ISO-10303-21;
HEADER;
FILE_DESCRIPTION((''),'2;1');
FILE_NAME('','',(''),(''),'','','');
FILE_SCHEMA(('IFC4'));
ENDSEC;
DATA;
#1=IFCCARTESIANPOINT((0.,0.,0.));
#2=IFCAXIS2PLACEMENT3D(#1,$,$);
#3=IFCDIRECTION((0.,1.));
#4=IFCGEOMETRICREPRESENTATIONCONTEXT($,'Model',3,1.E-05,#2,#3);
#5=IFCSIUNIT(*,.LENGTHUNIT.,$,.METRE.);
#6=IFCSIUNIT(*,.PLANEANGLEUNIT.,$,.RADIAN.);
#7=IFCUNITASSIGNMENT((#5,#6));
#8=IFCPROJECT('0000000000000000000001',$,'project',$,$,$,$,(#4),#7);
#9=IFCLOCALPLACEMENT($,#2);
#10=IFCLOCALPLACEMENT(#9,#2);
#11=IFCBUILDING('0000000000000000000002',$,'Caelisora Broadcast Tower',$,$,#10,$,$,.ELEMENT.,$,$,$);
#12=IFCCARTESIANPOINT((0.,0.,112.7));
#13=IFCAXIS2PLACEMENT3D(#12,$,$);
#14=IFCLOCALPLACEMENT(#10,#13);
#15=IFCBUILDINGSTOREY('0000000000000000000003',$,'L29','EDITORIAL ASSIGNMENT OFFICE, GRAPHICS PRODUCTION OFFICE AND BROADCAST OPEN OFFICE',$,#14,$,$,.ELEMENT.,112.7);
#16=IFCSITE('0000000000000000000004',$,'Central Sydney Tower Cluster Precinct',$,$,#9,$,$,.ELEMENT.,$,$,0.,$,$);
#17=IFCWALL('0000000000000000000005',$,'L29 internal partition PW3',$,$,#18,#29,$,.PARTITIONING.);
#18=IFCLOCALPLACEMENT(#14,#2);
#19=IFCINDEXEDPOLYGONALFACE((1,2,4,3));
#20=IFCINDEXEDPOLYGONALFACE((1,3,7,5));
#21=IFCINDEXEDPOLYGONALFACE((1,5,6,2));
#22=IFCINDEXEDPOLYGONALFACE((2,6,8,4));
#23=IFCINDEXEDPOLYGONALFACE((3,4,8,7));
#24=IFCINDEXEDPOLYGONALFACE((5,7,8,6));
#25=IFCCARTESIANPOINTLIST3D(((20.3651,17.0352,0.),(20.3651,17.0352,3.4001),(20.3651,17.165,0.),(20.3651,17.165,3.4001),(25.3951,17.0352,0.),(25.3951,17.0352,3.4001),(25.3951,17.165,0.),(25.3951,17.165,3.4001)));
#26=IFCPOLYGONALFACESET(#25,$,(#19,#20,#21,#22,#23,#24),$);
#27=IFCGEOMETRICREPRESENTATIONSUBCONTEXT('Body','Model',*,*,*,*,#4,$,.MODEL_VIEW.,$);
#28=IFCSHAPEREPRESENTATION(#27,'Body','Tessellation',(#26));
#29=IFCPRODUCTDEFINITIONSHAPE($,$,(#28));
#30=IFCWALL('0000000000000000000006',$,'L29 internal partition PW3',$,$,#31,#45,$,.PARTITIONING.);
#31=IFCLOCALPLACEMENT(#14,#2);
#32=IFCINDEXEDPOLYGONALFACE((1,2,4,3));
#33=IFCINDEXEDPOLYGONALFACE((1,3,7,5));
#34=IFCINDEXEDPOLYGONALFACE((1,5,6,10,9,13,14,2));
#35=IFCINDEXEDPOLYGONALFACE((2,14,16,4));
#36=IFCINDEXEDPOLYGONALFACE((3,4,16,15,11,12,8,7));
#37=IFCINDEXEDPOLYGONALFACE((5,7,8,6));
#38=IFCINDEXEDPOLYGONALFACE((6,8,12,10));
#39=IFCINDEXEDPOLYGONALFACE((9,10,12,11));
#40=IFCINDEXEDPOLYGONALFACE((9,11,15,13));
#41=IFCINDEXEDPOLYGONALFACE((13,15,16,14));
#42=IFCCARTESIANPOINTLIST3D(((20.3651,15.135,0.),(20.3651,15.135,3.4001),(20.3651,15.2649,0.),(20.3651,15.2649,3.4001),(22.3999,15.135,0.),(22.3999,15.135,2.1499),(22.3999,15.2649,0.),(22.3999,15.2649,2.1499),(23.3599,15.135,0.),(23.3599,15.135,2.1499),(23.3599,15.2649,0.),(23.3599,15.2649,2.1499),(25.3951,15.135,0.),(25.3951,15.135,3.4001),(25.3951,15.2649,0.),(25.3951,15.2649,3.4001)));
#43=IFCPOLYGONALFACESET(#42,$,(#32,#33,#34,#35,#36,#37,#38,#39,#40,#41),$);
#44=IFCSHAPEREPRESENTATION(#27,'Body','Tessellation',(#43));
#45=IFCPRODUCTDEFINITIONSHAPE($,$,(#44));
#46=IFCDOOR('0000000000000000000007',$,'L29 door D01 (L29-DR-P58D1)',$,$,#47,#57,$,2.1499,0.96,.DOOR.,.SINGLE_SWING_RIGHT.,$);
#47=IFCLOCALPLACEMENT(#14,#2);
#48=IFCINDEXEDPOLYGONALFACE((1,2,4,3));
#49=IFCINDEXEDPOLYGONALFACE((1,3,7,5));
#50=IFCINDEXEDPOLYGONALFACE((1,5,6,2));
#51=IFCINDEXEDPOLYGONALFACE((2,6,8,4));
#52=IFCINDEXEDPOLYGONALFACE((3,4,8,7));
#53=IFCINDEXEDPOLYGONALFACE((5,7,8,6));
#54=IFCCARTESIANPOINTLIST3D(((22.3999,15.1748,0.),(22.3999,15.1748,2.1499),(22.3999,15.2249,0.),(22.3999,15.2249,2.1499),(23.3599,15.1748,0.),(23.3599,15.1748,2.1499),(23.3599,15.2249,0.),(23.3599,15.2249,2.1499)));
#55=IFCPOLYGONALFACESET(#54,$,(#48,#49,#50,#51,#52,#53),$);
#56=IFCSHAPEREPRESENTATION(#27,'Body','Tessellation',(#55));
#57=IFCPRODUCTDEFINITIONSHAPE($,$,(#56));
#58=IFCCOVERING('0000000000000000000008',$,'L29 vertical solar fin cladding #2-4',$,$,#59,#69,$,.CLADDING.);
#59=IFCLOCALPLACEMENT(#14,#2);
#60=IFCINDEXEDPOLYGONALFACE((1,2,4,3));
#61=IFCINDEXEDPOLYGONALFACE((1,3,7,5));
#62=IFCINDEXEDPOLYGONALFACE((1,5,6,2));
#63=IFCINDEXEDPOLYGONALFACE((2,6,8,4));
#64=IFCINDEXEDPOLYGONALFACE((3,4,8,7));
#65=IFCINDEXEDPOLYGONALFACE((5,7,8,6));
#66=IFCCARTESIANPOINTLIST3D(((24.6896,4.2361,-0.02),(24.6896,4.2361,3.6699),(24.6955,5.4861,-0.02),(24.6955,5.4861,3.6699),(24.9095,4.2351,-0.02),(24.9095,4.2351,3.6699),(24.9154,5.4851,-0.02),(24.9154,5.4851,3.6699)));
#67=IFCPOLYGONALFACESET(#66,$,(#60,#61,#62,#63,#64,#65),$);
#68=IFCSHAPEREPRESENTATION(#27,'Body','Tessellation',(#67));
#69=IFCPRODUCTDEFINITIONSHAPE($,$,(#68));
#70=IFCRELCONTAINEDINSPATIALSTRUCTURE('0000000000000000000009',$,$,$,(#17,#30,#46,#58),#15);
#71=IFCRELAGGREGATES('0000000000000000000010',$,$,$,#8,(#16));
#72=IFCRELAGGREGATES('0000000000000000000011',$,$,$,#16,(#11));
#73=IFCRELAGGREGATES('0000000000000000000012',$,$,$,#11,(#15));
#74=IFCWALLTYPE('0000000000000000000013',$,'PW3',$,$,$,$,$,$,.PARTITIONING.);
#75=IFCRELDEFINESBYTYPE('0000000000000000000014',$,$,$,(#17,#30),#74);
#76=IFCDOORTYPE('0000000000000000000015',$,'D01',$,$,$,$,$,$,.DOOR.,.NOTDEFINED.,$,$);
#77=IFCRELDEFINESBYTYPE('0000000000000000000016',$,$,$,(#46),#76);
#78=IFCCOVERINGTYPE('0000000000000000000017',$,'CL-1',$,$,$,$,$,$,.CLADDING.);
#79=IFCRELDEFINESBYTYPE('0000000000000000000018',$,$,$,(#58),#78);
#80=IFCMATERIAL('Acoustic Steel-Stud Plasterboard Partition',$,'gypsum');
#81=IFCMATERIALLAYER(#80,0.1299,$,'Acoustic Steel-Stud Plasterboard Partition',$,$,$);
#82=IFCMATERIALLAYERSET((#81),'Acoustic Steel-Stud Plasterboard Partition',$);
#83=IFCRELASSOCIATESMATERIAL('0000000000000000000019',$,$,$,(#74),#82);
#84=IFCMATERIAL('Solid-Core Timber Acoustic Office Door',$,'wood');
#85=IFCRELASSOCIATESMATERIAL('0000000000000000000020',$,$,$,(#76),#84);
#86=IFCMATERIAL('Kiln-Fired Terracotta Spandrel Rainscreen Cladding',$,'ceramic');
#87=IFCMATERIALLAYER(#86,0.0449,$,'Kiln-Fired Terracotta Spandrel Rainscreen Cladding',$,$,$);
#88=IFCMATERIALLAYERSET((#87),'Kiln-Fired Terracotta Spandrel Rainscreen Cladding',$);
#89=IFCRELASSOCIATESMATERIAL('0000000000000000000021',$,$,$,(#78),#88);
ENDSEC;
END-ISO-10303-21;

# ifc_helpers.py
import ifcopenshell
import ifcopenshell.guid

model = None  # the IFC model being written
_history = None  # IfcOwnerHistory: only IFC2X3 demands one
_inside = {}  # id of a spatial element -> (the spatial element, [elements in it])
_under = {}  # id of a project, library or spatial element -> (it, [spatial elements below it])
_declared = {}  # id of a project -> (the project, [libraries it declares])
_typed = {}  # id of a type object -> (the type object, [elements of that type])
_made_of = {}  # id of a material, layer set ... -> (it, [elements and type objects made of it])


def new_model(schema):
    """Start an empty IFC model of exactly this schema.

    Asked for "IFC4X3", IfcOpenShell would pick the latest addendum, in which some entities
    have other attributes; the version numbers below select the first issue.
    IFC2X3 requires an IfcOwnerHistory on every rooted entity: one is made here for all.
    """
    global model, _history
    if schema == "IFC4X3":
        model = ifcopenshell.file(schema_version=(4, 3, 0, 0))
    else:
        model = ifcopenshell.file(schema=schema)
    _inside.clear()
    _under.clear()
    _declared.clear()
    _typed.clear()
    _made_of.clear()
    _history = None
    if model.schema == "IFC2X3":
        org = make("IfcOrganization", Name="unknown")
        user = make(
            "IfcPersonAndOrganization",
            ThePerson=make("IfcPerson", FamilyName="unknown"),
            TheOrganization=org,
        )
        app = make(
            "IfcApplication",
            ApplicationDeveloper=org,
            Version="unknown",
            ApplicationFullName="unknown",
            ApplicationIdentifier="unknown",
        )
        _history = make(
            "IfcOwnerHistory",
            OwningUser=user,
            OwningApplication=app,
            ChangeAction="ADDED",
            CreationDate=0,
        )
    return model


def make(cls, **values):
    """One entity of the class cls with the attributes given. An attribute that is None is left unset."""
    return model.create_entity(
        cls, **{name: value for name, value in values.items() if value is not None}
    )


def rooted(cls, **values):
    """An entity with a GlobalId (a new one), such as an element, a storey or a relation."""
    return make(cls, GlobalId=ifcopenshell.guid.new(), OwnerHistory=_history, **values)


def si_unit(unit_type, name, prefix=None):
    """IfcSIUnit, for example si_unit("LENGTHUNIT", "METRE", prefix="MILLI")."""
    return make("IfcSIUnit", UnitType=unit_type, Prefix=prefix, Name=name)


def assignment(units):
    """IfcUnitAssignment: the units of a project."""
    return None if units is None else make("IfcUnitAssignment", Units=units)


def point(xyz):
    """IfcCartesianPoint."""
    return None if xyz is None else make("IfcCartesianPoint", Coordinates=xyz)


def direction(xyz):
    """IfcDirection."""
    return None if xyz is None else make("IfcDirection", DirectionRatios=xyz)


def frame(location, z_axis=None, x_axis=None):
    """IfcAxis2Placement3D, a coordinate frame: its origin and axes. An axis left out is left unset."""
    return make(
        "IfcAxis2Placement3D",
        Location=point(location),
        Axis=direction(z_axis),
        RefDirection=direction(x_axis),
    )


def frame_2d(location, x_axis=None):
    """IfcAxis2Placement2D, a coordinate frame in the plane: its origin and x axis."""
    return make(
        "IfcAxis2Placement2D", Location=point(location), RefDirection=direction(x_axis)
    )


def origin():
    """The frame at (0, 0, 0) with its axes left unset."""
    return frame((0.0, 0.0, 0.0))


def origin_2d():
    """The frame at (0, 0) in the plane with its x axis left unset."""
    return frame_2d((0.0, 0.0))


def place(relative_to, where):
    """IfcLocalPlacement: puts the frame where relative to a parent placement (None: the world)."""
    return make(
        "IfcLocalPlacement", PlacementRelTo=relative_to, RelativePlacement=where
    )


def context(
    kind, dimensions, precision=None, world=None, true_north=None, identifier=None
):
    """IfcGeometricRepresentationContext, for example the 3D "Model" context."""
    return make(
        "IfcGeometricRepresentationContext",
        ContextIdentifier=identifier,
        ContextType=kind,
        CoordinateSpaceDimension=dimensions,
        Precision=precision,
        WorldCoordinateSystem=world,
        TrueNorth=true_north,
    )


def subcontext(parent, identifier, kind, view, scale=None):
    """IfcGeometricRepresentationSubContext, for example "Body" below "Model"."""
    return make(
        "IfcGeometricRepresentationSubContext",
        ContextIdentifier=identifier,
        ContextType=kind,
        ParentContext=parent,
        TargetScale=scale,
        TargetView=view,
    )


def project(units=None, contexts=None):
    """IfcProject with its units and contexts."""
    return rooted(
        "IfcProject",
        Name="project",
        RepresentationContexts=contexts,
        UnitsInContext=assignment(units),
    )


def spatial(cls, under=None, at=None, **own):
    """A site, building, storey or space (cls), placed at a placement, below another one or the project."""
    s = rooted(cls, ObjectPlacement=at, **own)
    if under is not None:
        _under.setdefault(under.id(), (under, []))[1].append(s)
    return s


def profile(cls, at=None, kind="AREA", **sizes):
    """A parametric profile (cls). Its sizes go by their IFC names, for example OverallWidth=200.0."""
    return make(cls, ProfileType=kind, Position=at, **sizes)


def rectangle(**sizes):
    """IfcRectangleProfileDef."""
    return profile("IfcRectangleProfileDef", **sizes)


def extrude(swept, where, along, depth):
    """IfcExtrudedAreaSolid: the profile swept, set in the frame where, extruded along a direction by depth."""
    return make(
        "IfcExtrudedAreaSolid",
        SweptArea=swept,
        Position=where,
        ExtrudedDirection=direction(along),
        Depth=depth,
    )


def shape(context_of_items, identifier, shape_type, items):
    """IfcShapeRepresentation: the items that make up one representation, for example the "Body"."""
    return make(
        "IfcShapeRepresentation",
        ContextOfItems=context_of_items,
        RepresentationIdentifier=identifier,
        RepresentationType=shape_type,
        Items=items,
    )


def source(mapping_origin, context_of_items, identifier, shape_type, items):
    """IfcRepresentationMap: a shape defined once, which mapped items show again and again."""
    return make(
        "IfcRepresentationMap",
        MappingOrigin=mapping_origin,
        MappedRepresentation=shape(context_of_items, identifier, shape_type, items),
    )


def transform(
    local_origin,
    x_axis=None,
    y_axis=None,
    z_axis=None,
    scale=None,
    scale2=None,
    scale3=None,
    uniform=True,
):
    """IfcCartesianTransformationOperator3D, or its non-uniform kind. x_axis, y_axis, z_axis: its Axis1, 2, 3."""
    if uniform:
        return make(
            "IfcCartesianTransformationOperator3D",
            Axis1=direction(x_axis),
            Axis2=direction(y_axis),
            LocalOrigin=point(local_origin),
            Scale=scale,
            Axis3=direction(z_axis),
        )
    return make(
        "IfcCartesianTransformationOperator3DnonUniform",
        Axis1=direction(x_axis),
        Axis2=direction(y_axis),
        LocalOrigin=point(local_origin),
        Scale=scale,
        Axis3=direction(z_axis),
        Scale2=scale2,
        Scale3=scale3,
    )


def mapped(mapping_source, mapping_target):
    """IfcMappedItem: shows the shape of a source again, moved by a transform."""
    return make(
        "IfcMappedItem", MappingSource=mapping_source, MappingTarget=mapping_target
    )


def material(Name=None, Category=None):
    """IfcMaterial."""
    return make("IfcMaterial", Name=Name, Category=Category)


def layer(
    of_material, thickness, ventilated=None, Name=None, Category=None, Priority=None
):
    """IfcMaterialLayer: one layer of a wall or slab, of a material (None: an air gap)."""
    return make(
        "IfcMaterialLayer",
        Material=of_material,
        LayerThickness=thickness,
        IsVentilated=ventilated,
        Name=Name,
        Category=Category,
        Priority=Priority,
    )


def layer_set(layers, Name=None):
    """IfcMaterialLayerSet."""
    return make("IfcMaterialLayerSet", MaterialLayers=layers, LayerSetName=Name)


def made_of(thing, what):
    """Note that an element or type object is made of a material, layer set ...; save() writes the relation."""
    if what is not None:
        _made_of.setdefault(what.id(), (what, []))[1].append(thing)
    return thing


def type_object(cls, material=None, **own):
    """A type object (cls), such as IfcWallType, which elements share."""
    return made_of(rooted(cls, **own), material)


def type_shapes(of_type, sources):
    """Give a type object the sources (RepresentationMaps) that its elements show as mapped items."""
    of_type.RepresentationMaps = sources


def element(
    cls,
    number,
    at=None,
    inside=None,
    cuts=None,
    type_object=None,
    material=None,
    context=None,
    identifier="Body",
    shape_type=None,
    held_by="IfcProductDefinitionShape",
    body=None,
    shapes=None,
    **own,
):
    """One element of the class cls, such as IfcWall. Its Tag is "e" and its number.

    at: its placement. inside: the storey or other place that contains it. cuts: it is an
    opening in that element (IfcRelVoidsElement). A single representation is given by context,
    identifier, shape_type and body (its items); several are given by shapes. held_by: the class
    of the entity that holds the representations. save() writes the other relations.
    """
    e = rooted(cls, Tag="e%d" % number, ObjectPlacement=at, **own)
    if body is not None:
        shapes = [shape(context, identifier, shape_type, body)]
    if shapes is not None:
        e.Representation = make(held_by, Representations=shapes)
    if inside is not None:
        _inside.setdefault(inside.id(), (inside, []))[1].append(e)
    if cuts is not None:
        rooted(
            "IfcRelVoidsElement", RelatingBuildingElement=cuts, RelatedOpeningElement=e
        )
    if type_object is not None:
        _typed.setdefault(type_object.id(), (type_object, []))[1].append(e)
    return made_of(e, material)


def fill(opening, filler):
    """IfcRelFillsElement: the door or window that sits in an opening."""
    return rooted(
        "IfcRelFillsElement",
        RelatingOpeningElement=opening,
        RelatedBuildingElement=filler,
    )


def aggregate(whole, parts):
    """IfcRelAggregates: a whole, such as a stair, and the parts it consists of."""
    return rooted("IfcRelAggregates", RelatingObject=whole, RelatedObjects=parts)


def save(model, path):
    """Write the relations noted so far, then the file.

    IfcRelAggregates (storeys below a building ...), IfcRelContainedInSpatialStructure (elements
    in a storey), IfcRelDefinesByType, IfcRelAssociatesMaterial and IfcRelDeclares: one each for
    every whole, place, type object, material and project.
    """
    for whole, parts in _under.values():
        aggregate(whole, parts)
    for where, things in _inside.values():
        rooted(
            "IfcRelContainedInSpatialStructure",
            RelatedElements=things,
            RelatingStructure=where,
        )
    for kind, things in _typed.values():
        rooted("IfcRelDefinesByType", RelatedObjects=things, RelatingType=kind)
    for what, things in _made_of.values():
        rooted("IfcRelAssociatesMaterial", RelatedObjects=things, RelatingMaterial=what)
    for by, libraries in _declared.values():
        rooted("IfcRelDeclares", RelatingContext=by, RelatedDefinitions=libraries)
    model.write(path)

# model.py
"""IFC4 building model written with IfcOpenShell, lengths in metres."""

from ifc_helpers import new_model, si_unit, direction, frame, frame_2d, origin, origin_2d, place, context, subcontext, project, spatial, rectangle, extrude, source, transform, mapped, material, layer, layer_set, type_object, type_shapes, element, fill, save


model = new_model("IFC4")

# Units and contexts
model_context = context("Model", 3, precision=1e-05, world=origin(), true_north=direction((0.0, 1.0)))
body_context = subcontext(model_context, "Body", "Model", "MODEL_VIEW")
ifc_project = project(units=[si_unit("LENGTHUNIT", "METRE"), si_unit("PLANEANGLEUNIT", "RADIAN")], contexts=[model_context])

# Site, building, storey
site_placement = place(None, origin())
site = spatial("IfcSite", under=ifc_project, at=site_placement, Name="Central Sydney Tower Cluster Precinct", CompositionType="ELEMENT", RefElevation=0.0)
building_placement = place(site_placement, origin())
building = spatial("IfcBuilding", under=site, at=building_placement, Name="Caelisora Broadcast Tower", CompositionType="ELEMENT")
storey_placement = place(building_placement, frame((0.0, 0.0, 112.7)))
storey = spatial("IfcBuildingStorey", under=building, at=storey_placement, Name="L29", Description="EDITORIAL ASSIGNMENT OFFICE, GRAPHICS PRODUCTION OFFICE AND BROADCAST OPEN OFFICE", CompositionType="ELEMENT", Elevation=112.7)

# Shared definitions
ifc_material_1 = material(Name="Acoustic Steel-Stud Plasterboard Partition", Category="gypsum")
ifc_layer_1 = layer(ifc_material_1, 0.1299, Name="Acoustic Steel-Stud Plasterboard Partition")
ifc_layer_set_1 = layer_set([ifc_layer_1], Name="Acoustic Steel-Stud Plasterboard Partition")
wall_type = type_object("IfcWallType", Name="PW3", PredefinedType="PARTITIONING", material=ifc_layer_set_1)

# Shared definitions
ifc_material_2 = material(Name="Solid-Core Timber Acoustic Office Door", Category="wood")
door_type = type_object("IfcDoorType", Name="D01", OperationType="NOTDEFINED", PredefinedType="DOOR", material=ifc_material_2)

# Wall
wall_1_placement = place(storey_placement, frame((20.365, 17.1001, 0.0), z_axis=(0.0, 0.0, 1.0), x_axis=(1.0, 0.0, 0.0)))
element("IfcWall", 1, at=wall_1_placement, inside=storey, type_object=wall_type, Name="L29 internal partition PW3", PredefinedType="PARTITIONING", context=body_context, shape_type="SweptSolid", body=[
    extrude(rectangle(XDim=5.03, YDim=0.1299, at=frame_2d((2.5151, 0.0))), origin(), (0.0, 0.0, 1.0), 3.4001),
])

# Wall, opening, door
wall_2_placement = place(storey_placement, frame((20.365, 15.2, 0.0), z_axis=(0.0, 0.0, 1.0), x_axis=(1.0, 0.0, 0.0)))
wall_2 = element("IfcWall", 2, at=wall_2_placement, inside=storey, type_object=wall_type, Name="L29 internal partition PW3", PredefinedType="PARTITIONING", context=body_context, shape_type="SweptSolid", body=[
    extrude(rectangle(XDim=5.03, YDim=0.1299, at=frame_2d((2.5151, 0.0))), origin(), (0.0, 0.0, 1.0), 3.4001),
])
opening_1_placement = place(wall_2_placement, frame((2.0349, 0.0, 0.0)))
opening_1 = element("IfcOpeningElement", 3, at=opening_1_placement, cuts=wall_2, PredefinedType="OPENING", context=body_context, shape_type="SweptSolid", body=[
    extrude(rectangle(XDim=0.96, YDim=2.1499, at=frame_2d((0.48, 1.075))), frame((0.0, 0.0769, 0.0), z_axis=(0.0, -1.0, 0.0), x_axis=(1.0, 0.0, 0.0)), (0.0, 0.0, 1.0), 0.1538),
])
door_1_placement = place(opening_1_placement, origin())
door_1 = element("IfcDoor", 4, at=door_1_placement, inside=storey, type_object=door_type, Name="L29 door D01 (L29-DR-P58D1)", OperationType="SINGLE_SWING_RIGHT", OverallHeight=2.1499, OverallWidth=0.96, PredefinedType="DOOR", context=body_context, shape_type="SweptSolid", body=[
    extrude(rectangle(XDim=0.96, YDim=2.1499, at=frame_2d((0.48, 1.075))), frame((0.0, 0.0249, 0.0), z_axis=(0.0, -1.0, 0.0), x_axis=(1.0, 0.0, 0.0)), (0.0, 0.0, 1.0), 0.05),
])
fill(opening_1, door_1)

# Covering
ifc_material_3 = material(Name="Kiln-Fired Terracotta Spandrel Rainscreen Cladding", Category="ceramic")
ifc_layer_2 = layer(ifc_material_3, 0.0449, Name="Kiln-Fired Terracotta Spandrel Rainscreen Cladding")
ifc_layer_set_2 = layer_set([ifc_layer_2], Name="Kiln-Fired Terracotta Spandrel Rainscreen Cladding")
covering_type = type_object("IfcCoveringType", Name="CL-1", PredefinedType="CLADDING", material=ifc_layer_set_2)
shared_shape_1 = source(origin(), body_context, "Body", "SweptSolid", [
    extrude(rectangle(XDim=0.22, YDim=1.25, at=origin_2d()), origin(), (0.0, 0.0, 1.0), 3.6899),
])
type_shapes(covering_type, [shared_shape_1])
covering_placement = place(storey_placement, frame((24.8025, 4.8606, -0.02), z_axis=(0.0, 0.0, 1.0), x_axis=(-0.999989, 0.004712, 0.0)))
element("IfcCovering", 5, at=covering_placement, inside=storey, type_object=covering_type, Name="L29 vertical solar fin cladding #2-4", PredefinedType="CLADDING", context=body_context, shape_type="MappedRepresentation", body=[
    mapped(shared_shape_1, transform((0.0, 0.0, 0.0), scale=1.0)),
])

save(model, "model.ifc")
